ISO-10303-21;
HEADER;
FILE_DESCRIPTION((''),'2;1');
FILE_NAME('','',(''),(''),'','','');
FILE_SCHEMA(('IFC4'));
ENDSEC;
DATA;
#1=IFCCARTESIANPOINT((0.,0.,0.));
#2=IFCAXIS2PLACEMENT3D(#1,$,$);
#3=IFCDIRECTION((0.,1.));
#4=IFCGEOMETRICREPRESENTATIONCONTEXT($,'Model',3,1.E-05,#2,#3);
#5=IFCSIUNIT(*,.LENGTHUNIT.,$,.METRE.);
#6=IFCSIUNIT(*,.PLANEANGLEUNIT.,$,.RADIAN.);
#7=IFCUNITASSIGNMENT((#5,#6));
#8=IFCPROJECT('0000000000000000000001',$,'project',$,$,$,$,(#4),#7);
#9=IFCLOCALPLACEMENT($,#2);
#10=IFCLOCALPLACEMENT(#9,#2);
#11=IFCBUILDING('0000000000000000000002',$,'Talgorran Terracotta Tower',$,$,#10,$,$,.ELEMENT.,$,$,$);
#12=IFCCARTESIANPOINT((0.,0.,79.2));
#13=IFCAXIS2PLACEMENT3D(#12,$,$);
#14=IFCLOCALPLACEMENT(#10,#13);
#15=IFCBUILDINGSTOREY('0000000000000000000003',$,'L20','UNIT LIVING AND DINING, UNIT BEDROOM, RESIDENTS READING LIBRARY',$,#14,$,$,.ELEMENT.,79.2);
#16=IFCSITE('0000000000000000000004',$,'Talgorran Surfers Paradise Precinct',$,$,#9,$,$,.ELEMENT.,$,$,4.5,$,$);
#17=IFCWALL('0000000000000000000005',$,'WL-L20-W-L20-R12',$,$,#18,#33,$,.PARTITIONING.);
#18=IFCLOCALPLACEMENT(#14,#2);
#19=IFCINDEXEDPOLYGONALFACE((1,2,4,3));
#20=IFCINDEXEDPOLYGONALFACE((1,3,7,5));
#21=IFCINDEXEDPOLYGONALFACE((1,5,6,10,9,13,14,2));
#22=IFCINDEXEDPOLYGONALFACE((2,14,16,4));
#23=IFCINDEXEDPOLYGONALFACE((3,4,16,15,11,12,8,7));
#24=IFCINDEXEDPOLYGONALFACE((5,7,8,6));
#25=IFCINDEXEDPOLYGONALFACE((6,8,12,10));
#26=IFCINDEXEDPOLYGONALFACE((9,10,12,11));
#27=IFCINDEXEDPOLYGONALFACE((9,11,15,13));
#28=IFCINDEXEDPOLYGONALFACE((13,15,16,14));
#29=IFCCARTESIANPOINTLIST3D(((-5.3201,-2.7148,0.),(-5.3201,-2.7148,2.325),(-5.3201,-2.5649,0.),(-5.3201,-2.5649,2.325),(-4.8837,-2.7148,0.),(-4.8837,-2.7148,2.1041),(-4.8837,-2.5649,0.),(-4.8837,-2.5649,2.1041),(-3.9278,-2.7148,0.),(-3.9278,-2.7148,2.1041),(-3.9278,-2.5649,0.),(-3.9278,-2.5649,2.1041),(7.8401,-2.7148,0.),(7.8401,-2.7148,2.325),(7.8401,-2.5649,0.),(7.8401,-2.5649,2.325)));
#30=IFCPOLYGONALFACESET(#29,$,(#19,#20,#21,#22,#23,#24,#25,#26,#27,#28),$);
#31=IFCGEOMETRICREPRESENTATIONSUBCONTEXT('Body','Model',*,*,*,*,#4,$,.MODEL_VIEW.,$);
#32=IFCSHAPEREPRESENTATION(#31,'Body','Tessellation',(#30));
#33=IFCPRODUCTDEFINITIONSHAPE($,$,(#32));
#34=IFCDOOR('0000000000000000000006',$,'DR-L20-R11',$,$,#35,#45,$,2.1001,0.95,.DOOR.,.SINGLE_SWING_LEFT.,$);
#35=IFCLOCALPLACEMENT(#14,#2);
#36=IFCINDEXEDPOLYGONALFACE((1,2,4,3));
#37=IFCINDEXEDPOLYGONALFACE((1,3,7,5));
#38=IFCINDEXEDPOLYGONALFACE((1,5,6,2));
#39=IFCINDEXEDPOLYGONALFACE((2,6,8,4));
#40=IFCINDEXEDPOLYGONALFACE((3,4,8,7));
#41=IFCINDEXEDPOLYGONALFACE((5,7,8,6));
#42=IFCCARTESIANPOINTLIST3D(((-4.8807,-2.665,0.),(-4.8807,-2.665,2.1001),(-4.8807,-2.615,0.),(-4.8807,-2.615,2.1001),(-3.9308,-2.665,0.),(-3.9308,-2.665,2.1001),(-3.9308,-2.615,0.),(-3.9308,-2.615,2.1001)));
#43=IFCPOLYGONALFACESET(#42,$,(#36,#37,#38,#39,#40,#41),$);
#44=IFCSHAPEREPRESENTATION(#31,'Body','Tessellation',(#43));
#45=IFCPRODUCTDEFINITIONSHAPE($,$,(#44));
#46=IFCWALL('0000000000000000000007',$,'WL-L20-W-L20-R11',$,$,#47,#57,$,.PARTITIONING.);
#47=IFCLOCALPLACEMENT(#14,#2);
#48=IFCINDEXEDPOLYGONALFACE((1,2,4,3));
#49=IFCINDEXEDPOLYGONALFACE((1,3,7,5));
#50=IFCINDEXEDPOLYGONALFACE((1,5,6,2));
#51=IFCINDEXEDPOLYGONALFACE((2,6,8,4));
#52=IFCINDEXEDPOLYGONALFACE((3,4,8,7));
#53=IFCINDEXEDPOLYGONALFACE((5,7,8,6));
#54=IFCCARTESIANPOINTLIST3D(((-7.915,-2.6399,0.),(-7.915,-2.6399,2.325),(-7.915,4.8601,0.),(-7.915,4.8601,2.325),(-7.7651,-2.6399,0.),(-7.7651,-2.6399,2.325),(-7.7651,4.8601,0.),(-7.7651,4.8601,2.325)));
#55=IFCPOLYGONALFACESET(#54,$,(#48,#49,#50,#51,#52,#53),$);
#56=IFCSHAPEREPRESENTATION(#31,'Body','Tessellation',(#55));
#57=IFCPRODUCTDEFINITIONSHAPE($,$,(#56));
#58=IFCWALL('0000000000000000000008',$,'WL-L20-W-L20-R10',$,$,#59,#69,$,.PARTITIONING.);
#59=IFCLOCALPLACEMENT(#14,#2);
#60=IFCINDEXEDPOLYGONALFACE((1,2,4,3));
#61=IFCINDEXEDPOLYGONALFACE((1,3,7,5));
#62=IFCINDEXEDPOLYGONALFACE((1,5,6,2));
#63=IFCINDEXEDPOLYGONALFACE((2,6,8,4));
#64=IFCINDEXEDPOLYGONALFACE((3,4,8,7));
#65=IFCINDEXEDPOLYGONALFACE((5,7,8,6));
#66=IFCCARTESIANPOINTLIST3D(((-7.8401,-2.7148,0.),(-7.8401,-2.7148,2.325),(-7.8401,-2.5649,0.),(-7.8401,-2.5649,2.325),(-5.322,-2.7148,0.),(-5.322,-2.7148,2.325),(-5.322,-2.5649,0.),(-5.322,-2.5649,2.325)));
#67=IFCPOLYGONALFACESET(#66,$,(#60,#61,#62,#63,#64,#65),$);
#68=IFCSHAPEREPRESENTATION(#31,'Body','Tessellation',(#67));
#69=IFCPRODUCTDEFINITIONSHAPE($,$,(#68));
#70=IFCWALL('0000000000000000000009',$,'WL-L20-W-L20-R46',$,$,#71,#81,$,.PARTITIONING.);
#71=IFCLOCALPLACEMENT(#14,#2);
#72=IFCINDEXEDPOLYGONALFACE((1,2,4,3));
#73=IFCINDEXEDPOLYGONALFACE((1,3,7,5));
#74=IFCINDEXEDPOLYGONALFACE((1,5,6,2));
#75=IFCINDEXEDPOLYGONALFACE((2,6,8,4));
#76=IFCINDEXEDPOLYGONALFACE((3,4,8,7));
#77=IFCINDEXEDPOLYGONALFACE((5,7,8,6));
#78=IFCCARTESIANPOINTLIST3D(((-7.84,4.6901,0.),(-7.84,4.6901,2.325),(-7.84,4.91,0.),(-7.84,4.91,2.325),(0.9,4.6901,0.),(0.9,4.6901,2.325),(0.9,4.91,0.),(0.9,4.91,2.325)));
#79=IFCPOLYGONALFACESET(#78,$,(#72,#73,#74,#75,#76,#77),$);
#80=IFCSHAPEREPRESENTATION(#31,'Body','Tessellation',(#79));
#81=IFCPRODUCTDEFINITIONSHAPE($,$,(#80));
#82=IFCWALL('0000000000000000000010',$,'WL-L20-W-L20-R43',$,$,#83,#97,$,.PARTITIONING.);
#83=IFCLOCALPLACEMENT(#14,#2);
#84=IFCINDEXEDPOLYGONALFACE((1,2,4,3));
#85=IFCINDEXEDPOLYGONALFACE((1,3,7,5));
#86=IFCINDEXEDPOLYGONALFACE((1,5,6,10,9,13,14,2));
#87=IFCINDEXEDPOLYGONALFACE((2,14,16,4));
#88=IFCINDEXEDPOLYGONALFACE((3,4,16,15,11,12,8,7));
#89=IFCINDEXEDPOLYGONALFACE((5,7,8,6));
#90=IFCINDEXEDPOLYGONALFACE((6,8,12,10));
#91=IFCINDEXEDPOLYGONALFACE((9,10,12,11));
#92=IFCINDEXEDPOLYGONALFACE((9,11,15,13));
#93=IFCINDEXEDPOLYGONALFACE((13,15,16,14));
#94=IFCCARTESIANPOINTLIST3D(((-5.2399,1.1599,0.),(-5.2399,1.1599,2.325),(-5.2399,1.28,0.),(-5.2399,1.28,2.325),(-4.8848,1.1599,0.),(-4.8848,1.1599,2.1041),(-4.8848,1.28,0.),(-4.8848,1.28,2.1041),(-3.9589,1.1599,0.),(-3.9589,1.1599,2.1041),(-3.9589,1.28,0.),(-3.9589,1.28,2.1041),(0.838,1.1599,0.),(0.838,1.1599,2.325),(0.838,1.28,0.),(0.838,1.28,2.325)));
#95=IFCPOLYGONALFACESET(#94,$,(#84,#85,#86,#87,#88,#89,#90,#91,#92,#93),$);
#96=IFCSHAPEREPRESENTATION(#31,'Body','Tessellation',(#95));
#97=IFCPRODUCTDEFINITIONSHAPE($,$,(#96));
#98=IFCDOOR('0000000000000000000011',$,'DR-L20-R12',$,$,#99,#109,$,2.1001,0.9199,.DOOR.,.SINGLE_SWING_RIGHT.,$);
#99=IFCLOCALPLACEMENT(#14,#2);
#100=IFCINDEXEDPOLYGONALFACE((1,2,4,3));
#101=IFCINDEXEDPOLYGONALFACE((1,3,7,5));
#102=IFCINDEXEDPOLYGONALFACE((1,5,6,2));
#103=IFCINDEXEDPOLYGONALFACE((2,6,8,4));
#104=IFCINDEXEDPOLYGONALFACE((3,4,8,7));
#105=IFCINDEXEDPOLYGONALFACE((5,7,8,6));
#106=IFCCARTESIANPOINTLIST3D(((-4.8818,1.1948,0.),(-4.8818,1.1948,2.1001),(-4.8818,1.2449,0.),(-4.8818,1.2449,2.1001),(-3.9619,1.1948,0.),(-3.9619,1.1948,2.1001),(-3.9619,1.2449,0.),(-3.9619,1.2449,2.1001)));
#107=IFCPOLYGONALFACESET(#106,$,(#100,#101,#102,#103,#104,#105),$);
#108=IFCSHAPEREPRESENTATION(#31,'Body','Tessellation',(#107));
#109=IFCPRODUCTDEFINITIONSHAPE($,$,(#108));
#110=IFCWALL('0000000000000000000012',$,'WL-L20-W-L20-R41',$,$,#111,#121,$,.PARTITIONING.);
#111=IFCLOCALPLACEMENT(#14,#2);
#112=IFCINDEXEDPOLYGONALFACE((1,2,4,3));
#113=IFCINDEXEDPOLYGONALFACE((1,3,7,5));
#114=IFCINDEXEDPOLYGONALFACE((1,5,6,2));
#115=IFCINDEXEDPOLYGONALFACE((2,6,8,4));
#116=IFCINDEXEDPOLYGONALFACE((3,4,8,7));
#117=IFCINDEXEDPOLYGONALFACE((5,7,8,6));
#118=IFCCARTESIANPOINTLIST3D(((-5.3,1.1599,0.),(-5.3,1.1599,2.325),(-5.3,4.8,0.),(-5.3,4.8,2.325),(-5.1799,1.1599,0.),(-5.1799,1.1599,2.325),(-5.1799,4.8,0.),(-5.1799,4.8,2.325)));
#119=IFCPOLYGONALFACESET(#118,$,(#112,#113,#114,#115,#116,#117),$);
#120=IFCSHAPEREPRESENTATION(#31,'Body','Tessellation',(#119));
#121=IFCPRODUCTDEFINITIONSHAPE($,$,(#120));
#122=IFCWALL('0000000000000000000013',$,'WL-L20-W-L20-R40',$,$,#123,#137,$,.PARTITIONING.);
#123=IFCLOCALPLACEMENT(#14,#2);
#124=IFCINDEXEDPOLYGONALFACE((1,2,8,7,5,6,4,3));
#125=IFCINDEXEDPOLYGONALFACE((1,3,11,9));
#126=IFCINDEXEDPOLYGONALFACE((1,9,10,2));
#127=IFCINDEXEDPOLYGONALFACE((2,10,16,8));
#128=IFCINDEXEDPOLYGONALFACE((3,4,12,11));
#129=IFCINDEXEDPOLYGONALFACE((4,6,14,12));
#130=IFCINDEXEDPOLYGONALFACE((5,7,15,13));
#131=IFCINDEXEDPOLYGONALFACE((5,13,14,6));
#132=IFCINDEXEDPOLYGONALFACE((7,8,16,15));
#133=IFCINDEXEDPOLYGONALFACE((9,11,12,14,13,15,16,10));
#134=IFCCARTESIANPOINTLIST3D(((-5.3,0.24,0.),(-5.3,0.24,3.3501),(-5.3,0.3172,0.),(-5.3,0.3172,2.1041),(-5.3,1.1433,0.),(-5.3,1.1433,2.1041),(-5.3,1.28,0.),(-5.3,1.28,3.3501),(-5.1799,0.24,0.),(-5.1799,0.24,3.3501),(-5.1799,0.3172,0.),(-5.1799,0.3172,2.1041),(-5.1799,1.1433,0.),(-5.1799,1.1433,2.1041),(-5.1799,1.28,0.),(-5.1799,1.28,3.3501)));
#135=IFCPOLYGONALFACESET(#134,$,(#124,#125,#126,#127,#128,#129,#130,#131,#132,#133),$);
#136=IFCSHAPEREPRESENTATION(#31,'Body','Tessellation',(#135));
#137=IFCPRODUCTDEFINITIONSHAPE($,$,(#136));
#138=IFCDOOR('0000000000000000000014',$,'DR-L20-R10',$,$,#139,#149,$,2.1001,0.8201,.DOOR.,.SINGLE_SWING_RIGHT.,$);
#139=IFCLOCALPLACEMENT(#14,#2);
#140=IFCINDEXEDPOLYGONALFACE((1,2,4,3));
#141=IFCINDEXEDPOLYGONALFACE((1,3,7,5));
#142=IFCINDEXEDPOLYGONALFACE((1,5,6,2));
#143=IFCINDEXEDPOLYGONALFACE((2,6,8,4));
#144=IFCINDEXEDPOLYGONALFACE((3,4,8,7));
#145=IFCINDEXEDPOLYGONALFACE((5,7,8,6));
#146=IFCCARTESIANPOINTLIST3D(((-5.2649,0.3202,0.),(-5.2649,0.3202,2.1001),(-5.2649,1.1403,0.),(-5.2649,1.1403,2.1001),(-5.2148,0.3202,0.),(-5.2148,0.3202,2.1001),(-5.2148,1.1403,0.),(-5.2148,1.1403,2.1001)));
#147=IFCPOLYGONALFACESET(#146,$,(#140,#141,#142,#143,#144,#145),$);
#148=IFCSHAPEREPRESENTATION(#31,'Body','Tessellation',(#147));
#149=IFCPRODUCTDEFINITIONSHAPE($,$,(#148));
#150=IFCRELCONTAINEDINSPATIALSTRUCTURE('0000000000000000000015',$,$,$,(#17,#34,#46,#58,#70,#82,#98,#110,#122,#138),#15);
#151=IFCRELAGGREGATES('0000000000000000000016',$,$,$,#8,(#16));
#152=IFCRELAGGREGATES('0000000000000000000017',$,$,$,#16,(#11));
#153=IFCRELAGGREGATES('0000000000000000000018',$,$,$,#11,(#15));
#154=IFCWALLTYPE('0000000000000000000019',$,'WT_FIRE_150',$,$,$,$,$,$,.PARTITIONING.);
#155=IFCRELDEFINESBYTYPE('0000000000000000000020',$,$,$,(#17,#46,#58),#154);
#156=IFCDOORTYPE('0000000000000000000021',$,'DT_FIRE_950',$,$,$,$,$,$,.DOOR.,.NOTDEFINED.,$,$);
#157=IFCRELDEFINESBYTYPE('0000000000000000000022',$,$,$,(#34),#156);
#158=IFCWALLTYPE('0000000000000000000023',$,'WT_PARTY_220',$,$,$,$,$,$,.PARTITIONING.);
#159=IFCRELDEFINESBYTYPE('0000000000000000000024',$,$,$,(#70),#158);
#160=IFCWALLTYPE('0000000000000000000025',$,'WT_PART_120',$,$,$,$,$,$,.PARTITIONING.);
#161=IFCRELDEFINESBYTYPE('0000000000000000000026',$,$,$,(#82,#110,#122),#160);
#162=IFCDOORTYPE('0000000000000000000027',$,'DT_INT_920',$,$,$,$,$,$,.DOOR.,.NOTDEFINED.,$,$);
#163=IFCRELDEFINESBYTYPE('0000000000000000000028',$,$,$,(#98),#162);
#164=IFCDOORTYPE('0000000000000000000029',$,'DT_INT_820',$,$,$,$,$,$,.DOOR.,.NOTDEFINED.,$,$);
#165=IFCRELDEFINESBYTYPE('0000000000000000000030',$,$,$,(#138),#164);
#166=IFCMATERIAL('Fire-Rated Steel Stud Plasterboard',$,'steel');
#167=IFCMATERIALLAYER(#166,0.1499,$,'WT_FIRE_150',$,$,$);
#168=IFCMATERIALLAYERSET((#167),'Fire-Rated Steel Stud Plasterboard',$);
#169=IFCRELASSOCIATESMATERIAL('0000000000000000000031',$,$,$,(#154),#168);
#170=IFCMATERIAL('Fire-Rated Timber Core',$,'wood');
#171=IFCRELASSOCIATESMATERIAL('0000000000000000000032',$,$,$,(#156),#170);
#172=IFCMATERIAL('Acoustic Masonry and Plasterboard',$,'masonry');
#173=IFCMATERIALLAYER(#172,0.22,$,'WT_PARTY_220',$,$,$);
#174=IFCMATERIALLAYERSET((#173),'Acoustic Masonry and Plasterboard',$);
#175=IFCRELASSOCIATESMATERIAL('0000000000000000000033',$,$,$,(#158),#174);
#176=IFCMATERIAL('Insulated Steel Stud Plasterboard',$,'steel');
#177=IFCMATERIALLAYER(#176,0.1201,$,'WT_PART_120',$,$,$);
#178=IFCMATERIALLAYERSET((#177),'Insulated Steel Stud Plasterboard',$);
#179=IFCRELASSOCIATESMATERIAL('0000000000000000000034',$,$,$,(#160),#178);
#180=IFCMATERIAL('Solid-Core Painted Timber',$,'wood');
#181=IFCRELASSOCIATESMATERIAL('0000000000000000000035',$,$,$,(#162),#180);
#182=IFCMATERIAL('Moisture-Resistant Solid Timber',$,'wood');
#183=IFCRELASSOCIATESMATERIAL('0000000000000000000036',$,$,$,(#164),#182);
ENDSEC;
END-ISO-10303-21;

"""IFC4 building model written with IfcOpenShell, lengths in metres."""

from ifc_helpers import new_model, si_unit, direction, frame, frame_2d, origin, place, context, subcontext, project, spatial, rectangle, extrude, material, layer, layer_set, type_object, element, fill, save


model = new_model("IFC4")

# Units and contexts
model_context = context("Model", 3, precision=1e-05, world=origin(), true_north=direction((0.0, 1.0)))
body_context = subcontext(model_context, "Body", "Model", "MODEL_VIEW")
ifc_project = project(units=[si_unit("LENGTHUNIT", "METRE"), si_unit("PLANEANGLEUNIT", "RADIAN")], contexts=[model_context])

# Site, building, storey
site_placement = place(None, origin())
site = spatial("IfcSite", under=ifc_project, at=site_placement, Name="Talgorran Surfers Paradise Precinct", CompositionType="ELEMENT", RefElevation=4.5)
building_placement = place(site_placement, origin())
building = spatial("IfcBuilding", under=site, at=building_placement, Name="Talgorran Terracotta Tower", CompositionType="ELEMENT")
storey_placement = place(building_placement, frame((0.0, 0.0, 79.2)))
storey = spatial("IfcBuildingStorey", under=building, at=storey_placement, Name="L20", Description="UNIT LIVING AND DINING, UNIT BEDROOM, RESIDENTS READING LIBRARY", CompositionType="ELEMENT", Elevation=79.2)

# Wall, opening, door
ifc_material_1 = material(Name="Fire-Rated Steel Stud Plasterboard", Category="steel")
ifc_layer_1 = layer(ifc_material_1, 0.1499, Name="WT_FIRE_150")
ifc_layer_set_1 = layer_set([ifc_layer_1], Name="Fire-Rated Steel Stud Plasterboard")
wall_type_1 = type_object("IfcWallType", Name="WT_FIRE_150", PredefinedType="PARTITIONING", material=ifc_layer_set_1)
wall_1_placement = place(storey_placement, frame((-5.3201, -2.6399, 0.0), z_axis=(0.0, 0.0, 1.0), x_axis=(1.0, 0.0, 0.0)))
wall_1 = element("IfcWall", 1, at=wall_1_placement, inside=storey, type_object=wall_type_1, Name="WL-L20-W-L20-R12", PredefinedType="PARTITIONING", context=body_context, shape_type="SweptSolid", body=[
    extrude(rectangle(XDim=13.1602, YDim=0.1499, at=frame_2d((6.5801, 0.0))), origin(), (0.0, 0.0, 1.0), 2.325),
])
opening_1_placement = place(wall_1_placement, frame((0.4392, 0.0, 0.0)))
opening_1 = element("IfcOpeningElement", 2, at=opening_1_placement, cuts=wall_1, PredefinedType="OPENING", context=body_context, shape_type="SweptSolid", body=[
    extrude(rectangle(XDim=0.956, YDim=2.1041, at=frame_2d((0.4751, 1.052))), frame((0.0, 0.085, 0.0), z_axis=(0.0, -1.0, 0.0), x_axis=(1.0, 0.0, 0.0)), (0.0, 0.0, 1.0), 0.1699),
])
ifc_material_2 = material(Name="Fire-Rated Timber Core", Category="wood")
door_type_1 = type_object("IfcDoorType", Name="DT_FIRE_950", OperationType="NOTDEFINED", PredefinedType="DOOR", material=ifc_material_2)
door_1_placement = place(opening_1_placement, origin())
door_1 = element("IfcDoor", 3, at=door_1_placement, inside=storey, type_object=door_type_1, Name="DR-L20-R11", OperationType="SINGLE_SWING_LEFT", OverallHeight=2.1001, OverallWidth=0.95, PredefinedType="DOOR", context=body_context, shape_type="SweptSolid", body=[
    extrude(rectangle(XDim=0.95, YDim=2.1001, at=frame_2d((0.4751, 1.05))), frame((0.0, 0.0249, 0.0), z_axis=(0.0, -1.0, 0.0), x_axis=(1.0, 0.0, 0.0)), (0.0, 0.0, 1.0), 0.05),
])
fill(opening_1, door_1)

# Walls
wall_2_placement = place(storey_placement, frame((-7.8401, -2.6399, 0.0), z_axis=(0.0, 0.0, 1.0), x_axis=(0.0, 1.0, 0.0)))
element("IfcWall", 4, at=wall_2_placement, inside=storey, type_object=wall_type_1, Name="WL-L20-W-L20-R11", PredefinedType="PARTITIONING", context=body_context, shape_type="SweptSolid", body=[
    extrude(rectangle(XDim=7.5, YDim=0.1499, at=frame_2d((3.75, 0.0))), origin(), (0.0, 0.0, 1.0), 2.325),
])
wall_3_placement = place(storey_placement, frame((-7.8401, -2.6399, 0.0), z_axis=(0.0, 0.0, 1.0), x_axis=(1.0, 0.0, 0.0)))
element("IfcWall", 5, at=wall_3_placement, inside=storey, type_object=wall_type_1, Name="WL-L20-W-L20-R10", PredefinedType="PARTITIONING", context=body_context, shape_type="SweptSolid", body=[
    extrude(rectangle(XDim=2.5181, YDim=0.1499, at=frame_2d((1.259, 0.0))), origin(), (0.0, 0.0, 1.0), 2.325),
])
ifc_material_3 = material(Name="Acoustic Masonry and Plasterboard", Category="masonry")
ifc_layer_2 = layer(ifc_material_3, 0.22, Name="WT_PARTY_220")
ifc_layer_set_2 = layer_set([ifc_layer_2], Name="Acoustic Masonry and Plasterboard")
wall_type_2 = type_object("IfcWallType", Name="WT_PARTY_220", PredefinedType="PARTITIONING", material=ifc_layer_set_2)
wall_4_placement = place(storey_placement, frame((-7.8401, 4.8, 0.0), z_axis=(0.0, 0.0, 1.0), x_axis=(1.0, 0.0, 0.0)))
element("IfcWall", 6, at=wall_4_placement, inside=storey, type_object=wall_type_2, Name="WL-L20-W-L20-R46", PredefinedType="PARTITIONING", context=body_context, shape_type="SweptSolid", body=[
    extrude(rectangle(XDim=8.74, YDim=0.22, at=frame_2d((4.3701, 0.0))), origin(), (0.0, 0.0, 1.0), 2.325),
])

# Wall, opening, door
ifc_material_4 = material(Name="Insulated Steel Stud Plasterboard", Category="steel")
ifc_layer_3 = layer(ifc_material_4, 0.1201, Name="WT_PART_120")
ifc_layer_set_3 = layer_set([ifc_layer_3], Name="Insulated Steel Stud Plasterboard")
wall_type_3 = type_object("IfcWallType", Name="WT_PART_120", PredefinedType="PARTITIONING", material=ifc_layer_set_3)
wall_5_placement = place(storey_placement, frame((-5.24, 1.22, 0.0), z_axis=(0.0, 0.0, 1.0), x_axis=(1.0, 0.0, 0.0)))
wall_5 = element("IfcWall", 7, at=wall_5_placement, inside=storey, type_object=wall_type_3, Name="WL-L20-W-L20-R43", PredefinedType="PARTITIONING", context=body_context, shape_type="SweptSolid", body=[
    extrude(rectangle(XDim=6.0779, YDim=0.1201, at=frame_2d((3.0391, 0.0))), origin(), (0.0, 0.0, 1.0), 2.325),
])
opening_2_placement = place(wall_5_placement, frame((0.3582, 0.0, 0.0)))
opening_2 = element("IfcOpeningElement", 8, at=opening_2_placement, cuts=wall_5, PredefinedType="OPENING", context=body_context, shape_type="SweptSolid", body=[
    extrude(rectangle(XDim=0.9259, YDim=2.1041, at=frame_2d((0.46, 1.052))), frame((0.0, 0.0701, 0.0), z_axis=(0.0, -1.0, 0.0), x_axis=(1.0, 0.0, 0.0)), (0.0, 0.0, 1.0), 0.1401),
])
ifc_material_5 = material(Name="Solid-Core Painted Timber", Category="wood")
door_type_2 = type_object("IfcDoorType", Name="DT_INT_920", OperationType="NOTDEFINED", PredefinedType="DOOR", material=ifc_material_5)
door_2_placement = place(opening_2_placement, origin())
door_2 = element("IfcDoor", 9, at=door_2_placement, inside=storey, type_object=door_type_2, Name="DR-L20-R12", OperationType="SINGLE_SWING_RIGHT", OverallHeight=2.1001, OverallWidth=0.9199, PredefinedType="DOOR", context=body_context, shape_type="SweptSolid", body=[
    extrude(rectangle(XDim=0.9199, YDim=2.1001, at=frame_2d((0.46, 1.05))), frame((0.0, 0.0249, 0.0), z_axis=(0.0, -1.0, 0.0), x_axis=(1.0, 0.0, 0.0)), (0.0, 0.0, 1.0), 0.05),
])
fill(opening_2, door_2)

# Wall
wall_6_placement = place(storey_placement, frame((-5.24, 1.1599, 0.0), z_axis=(0.0, 0.0, 1.0), x_axis=(0.0, 1.0, 0.0)))
element("IfcWall", 10, at=wall_6_placement, inside=storey, type_object=wall_type_3, Name="WL-L20-W-L20-R41", PredefinedType="PARTITIONING", context=body_context, shape_type="SweptSolid", body=[
    extrude(rectangle(XDim=3.6401, YDim=0.1201, at=frame_2d((1.8201, 0.0))), origin(), (0.0, 0.0, 1.0), 2.325),
])

# Wall, opening, door
wall_7_placement = place(storey_placement, frame((-5.24, 0.24, 0.0), z_axis=(0.0, 0.0, 1.0), x_axis=(0.0, 1.0, 0.0)))
wall_7 = element("IfcWall", 11, at=wall_7_placement, inside=storey, type_object=wall_type_3, Name="WL-L20-W-L20-R40", PredefinedType="PARTITIONING", context=body_context, shape_type="SweptSolid", body=[
    extrude(rectangle(XDim=1.04, YDim=0.1201, at=frame_2d((0.52, 0.0))), origin(), (0.0, 0.0, 1.0), 3.3501),
])
opening_3_placement = place(wall_7_placement, frame((0.0801, 0.0, 0.0)))
opening_3 = element("IfcOpeningElement", 12, at=opening_3_placement, cuts=wall_7, PredefinedType="OPENING", context=body_context, shape_type="SweptSolid", body=[
    extrude(rectangle(XDim=0.8261, YDim=2.1041, at=frame_2d((0.4102, 1.052))), frame((0.0, 0.0701, 0.0), z_axis=(0.0, -1.0, 0.0), x_axis=(1.0, 0.0, 0.0)), (0.0, 0.0, 1.0), 0.1401),
])
ifc_material_6 = material(Name="Moisture-Resistant Solid Timber", Category="wood")
door_type_3 = type_object("IfcDoorType", Name="DT_INT_820", OperationType="NOTDEFINED", PredefinedType="DOOR", material=ifc_material_6)
door_3_placement = place(opening_3_placement, origin())
door_3 = element("IfcDoor", 13, at=door_3_placement, inside=storey, type_object=door_type_3, Name="DR-L20-R10", OperationType="SINGLE_SWING_RIGHT", OverallHeight=2.1001, OverallWidth=0.8201, PredefinedType="DOOR", context=body_context, shape_type="SweptSolid", body=[
    extrude(rectangle(XDim=0.8201, YDim=2.1001, at=frame_2d((0.4102, 1.05))), frame((0.0, 0.0249, 0.0), z_axis=(0.0, -1.0, 0.0), x_axis=(1.0, 0.0, 0.0)), (0.0, 0.0, 1.0), 0.05),
])
fill(opening_3, door_3)

save(model, "model.ifc")
